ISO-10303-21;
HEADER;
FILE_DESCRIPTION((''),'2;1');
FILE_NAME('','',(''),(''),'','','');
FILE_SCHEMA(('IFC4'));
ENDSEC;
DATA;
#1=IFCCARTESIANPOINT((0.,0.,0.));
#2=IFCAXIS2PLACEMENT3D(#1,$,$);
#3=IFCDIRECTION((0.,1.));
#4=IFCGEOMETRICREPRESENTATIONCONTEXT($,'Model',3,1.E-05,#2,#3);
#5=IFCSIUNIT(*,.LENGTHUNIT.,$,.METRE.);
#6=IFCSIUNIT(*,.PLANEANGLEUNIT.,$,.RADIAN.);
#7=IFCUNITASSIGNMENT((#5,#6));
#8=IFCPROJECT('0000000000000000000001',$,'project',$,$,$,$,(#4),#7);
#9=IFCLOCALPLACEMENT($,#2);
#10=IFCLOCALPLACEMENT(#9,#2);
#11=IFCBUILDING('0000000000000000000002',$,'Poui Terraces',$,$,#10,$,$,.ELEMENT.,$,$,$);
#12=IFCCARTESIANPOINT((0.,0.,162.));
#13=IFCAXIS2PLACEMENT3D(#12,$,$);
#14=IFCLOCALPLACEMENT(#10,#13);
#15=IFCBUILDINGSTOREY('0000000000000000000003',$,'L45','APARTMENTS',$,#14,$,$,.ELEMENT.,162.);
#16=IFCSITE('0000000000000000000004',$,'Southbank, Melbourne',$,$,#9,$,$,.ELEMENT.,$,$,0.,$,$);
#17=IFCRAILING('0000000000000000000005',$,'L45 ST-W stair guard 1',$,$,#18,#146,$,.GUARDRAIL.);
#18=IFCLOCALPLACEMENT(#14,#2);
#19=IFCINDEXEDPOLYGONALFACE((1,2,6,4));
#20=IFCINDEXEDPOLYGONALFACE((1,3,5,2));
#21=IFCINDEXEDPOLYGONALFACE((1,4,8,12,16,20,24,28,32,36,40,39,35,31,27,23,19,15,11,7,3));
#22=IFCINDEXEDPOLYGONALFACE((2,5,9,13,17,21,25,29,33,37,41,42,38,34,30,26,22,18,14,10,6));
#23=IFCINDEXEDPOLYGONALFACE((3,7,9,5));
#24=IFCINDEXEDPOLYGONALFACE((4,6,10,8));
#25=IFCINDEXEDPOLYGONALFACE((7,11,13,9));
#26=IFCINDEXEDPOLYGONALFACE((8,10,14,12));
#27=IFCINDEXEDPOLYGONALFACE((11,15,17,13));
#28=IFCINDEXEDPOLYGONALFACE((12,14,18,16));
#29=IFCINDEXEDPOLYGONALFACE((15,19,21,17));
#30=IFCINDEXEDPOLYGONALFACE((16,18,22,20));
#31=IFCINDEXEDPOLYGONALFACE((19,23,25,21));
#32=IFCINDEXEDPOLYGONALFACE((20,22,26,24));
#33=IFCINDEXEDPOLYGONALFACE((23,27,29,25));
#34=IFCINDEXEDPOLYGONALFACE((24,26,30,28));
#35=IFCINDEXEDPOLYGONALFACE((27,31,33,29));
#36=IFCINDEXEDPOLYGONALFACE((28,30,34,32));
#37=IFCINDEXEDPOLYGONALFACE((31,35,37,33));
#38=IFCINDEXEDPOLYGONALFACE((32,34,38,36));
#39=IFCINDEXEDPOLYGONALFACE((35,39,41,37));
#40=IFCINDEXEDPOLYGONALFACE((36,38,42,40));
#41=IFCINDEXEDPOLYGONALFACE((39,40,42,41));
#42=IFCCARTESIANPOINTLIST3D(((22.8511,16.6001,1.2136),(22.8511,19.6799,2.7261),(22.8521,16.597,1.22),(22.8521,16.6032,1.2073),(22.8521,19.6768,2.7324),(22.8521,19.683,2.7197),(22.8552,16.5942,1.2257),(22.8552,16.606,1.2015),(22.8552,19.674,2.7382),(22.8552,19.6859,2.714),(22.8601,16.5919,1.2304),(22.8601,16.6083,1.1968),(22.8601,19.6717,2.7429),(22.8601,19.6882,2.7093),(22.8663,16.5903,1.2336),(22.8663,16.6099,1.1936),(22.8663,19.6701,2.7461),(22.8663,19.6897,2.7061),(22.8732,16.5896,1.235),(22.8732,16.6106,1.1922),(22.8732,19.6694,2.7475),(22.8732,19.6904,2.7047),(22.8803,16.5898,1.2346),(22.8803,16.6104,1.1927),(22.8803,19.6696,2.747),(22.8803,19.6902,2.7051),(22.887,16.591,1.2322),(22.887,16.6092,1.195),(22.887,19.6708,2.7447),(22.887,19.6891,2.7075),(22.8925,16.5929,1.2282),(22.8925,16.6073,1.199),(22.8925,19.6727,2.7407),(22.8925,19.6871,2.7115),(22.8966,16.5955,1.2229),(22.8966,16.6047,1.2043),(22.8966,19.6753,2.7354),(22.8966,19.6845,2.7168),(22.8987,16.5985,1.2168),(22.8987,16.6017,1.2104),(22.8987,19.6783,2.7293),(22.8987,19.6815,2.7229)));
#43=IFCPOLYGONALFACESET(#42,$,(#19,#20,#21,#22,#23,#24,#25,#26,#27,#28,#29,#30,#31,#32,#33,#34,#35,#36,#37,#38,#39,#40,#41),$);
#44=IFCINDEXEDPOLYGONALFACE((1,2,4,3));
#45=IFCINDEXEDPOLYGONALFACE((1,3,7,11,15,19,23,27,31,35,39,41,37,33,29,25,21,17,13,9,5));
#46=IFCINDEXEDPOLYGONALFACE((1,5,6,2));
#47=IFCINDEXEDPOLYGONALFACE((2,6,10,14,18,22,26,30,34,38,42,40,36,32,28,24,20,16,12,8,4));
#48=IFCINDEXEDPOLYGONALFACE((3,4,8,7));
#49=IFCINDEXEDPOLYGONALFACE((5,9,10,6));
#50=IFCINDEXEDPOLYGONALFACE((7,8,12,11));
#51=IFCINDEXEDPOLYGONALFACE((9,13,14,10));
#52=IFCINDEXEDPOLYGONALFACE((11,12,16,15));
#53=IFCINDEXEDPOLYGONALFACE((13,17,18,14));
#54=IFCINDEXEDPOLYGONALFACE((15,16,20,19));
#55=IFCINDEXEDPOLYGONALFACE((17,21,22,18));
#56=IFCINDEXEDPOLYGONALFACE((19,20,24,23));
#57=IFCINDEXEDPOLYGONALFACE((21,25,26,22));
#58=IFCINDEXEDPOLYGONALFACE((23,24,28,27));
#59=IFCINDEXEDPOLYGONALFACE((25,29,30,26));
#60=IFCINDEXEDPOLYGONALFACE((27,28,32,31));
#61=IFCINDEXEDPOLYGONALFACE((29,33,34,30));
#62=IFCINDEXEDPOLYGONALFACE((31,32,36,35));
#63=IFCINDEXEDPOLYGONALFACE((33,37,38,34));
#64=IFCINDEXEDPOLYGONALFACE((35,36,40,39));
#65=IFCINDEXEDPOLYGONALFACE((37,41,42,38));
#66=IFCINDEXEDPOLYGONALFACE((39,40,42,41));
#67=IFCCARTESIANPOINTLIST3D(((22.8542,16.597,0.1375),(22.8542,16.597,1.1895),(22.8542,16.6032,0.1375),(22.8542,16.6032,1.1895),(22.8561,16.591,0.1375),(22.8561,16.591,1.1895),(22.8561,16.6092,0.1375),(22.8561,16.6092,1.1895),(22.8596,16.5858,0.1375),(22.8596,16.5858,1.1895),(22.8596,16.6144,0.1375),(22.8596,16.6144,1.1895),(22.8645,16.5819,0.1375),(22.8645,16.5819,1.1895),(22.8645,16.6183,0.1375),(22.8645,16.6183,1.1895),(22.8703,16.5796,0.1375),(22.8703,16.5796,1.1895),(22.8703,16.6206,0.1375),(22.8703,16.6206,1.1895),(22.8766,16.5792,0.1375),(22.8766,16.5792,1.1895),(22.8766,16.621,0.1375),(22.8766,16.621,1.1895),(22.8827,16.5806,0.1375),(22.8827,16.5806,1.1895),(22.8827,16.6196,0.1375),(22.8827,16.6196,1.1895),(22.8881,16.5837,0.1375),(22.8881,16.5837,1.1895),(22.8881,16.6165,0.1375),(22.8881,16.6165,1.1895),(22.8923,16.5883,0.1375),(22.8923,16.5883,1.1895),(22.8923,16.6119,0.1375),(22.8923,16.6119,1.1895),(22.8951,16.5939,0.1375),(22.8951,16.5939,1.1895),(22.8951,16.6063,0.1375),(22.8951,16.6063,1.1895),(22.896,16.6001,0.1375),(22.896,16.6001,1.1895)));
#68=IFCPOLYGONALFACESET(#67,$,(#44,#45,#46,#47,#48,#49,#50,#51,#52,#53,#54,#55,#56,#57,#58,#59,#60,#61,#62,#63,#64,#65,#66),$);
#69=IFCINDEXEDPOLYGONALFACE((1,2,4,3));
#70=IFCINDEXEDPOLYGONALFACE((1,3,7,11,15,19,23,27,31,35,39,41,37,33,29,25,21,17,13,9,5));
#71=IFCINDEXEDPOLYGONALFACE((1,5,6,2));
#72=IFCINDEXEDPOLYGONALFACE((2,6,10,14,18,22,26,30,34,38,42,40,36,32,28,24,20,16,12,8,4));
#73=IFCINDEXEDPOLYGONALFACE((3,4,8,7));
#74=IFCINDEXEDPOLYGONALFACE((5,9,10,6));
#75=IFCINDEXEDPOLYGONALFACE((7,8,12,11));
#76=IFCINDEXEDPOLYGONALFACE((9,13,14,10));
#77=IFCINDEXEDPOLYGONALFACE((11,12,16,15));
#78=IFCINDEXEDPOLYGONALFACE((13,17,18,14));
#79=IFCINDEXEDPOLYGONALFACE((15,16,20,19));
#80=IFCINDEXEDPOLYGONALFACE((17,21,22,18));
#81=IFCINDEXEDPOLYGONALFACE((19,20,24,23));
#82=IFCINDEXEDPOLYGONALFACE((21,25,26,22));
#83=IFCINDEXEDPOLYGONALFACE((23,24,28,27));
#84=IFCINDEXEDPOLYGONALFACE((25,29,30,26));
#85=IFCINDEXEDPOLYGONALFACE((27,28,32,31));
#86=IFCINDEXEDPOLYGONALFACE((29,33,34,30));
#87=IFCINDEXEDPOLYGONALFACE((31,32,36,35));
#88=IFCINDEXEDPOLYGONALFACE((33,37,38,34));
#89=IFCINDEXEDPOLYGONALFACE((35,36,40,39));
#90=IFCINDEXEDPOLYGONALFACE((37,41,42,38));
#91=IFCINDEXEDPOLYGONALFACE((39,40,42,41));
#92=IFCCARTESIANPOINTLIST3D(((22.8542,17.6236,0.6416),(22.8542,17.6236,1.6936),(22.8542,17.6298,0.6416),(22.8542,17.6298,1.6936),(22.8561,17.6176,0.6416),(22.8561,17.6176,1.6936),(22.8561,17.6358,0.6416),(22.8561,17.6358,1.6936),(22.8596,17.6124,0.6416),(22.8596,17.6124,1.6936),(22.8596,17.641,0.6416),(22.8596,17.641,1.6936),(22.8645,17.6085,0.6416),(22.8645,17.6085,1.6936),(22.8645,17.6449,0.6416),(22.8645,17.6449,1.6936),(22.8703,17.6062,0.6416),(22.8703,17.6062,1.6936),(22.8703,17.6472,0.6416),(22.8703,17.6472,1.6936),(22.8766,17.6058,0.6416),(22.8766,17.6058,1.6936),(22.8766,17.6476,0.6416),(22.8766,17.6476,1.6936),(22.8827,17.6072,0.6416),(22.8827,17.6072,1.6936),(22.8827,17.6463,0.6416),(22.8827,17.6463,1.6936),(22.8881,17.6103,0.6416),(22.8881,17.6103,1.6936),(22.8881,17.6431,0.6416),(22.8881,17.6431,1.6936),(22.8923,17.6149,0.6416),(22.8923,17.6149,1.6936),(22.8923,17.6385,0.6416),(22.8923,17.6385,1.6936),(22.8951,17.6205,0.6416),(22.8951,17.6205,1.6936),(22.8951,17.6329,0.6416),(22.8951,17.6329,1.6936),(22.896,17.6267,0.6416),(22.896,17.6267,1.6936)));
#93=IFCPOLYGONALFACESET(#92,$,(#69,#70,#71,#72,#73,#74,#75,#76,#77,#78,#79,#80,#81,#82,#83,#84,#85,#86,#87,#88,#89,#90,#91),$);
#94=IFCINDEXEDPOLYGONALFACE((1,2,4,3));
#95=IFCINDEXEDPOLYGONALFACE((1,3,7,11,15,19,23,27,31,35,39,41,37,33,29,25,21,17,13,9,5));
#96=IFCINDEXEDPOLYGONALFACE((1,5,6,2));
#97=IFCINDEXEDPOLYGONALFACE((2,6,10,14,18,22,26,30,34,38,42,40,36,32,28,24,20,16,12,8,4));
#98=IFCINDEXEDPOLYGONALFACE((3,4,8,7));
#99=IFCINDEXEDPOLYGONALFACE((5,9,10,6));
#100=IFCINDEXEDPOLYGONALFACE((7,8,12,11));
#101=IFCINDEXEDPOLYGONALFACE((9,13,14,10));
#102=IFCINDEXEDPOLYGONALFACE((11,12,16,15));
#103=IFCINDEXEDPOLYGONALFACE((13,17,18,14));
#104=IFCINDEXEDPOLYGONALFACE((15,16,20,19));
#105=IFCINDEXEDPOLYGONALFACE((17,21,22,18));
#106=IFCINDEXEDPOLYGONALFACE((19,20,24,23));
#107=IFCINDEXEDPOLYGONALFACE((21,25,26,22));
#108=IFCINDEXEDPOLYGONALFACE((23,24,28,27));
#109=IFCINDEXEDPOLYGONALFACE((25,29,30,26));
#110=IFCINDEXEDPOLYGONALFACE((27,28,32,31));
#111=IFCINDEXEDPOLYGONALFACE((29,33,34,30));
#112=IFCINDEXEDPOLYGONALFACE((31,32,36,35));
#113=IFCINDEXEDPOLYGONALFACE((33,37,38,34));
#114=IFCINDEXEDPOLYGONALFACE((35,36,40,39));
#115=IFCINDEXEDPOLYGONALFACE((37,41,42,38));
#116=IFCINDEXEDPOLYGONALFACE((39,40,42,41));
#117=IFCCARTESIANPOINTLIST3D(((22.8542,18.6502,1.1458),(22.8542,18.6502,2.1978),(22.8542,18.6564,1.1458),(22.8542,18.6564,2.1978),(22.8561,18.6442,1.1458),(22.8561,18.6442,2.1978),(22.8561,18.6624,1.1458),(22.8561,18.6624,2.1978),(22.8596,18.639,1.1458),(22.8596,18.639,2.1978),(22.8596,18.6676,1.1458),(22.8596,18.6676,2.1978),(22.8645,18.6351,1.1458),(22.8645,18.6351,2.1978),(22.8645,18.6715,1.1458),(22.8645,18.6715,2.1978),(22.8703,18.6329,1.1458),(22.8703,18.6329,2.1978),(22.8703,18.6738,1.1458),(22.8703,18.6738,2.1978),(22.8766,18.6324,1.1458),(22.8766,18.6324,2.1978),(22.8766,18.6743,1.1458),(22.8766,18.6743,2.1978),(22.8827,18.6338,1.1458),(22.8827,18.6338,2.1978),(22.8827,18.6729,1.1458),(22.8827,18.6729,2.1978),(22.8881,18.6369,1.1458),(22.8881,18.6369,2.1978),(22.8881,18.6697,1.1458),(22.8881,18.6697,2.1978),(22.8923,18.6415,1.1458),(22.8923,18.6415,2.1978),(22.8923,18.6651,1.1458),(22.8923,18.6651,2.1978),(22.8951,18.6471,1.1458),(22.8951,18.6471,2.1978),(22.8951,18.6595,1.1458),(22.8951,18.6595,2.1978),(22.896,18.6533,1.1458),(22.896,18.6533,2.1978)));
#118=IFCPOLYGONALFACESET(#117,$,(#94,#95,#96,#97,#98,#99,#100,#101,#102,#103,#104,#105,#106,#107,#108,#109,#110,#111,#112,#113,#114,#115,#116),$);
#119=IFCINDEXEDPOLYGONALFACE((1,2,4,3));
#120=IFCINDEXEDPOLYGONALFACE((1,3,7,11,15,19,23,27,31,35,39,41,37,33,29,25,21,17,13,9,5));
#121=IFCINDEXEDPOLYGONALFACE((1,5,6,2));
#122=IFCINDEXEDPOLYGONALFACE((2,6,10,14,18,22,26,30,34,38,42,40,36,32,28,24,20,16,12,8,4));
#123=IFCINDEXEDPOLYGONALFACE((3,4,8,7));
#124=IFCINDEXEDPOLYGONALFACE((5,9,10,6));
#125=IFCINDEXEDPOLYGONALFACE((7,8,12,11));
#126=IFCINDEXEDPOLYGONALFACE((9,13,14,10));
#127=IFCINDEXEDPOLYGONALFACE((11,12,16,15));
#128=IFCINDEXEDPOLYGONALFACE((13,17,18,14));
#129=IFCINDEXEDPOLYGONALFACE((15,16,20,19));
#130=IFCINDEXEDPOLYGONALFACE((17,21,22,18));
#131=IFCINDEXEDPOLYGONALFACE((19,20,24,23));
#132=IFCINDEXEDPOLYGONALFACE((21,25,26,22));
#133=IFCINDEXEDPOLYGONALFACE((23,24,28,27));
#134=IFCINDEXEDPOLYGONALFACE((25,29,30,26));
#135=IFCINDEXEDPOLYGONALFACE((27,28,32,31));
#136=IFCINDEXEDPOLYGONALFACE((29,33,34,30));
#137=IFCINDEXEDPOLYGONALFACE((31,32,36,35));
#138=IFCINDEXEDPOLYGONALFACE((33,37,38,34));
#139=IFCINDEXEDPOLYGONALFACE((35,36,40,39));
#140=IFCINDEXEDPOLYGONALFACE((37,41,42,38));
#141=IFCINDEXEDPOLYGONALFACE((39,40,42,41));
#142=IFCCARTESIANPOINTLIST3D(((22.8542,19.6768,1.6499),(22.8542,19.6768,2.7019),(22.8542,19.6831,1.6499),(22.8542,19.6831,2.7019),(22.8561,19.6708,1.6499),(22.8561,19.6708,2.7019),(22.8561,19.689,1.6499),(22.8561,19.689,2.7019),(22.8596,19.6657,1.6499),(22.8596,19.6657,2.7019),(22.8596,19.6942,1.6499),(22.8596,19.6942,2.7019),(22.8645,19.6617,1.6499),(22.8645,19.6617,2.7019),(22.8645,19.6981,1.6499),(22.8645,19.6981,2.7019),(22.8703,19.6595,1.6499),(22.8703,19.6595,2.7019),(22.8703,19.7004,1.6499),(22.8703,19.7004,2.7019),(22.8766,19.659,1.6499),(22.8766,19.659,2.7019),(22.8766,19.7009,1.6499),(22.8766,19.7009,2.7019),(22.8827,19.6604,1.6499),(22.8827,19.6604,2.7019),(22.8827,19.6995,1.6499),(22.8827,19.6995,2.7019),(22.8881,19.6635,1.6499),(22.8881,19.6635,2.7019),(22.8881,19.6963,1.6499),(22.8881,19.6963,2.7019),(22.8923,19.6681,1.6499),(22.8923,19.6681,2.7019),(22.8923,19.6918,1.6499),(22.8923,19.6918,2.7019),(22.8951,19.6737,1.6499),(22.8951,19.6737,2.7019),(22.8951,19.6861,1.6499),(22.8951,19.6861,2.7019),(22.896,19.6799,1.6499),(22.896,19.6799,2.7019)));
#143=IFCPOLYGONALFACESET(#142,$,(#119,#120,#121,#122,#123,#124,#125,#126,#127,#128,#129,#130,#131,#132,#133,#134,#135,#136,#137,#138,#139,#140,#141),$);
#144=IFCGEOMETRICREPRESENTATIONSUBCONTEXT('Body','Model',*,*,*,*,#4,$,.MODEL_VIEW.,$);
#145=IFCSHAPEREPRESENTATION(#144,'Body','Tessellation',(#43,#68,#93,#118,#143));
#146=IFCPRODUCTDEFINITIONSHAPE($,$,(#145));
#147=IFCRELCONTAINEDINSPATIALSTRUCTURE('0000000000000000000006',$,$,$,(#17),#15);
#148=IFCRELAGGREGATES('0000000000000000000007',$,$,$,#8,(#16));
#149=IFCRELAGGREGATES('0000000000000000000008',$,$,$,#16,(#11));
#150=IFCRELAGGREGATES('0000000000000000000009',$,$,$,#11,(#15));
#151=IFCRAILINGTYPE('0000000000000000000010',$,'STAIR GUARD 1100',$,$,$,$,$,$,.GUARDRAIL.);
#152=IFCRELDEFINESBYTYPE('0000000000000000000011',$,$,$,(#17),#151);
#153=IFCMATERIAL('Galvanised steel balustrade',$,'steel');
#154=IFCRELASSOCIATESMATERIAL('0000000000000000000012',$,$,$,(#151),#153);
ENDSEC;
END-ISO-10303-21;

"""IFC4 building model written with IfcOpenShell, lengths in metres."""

from ifc_helpers import new_model, si_unit, direction, frame, origin, origin_2d, place, context, subcontext, project, spatial, circle, extrude, material, type_object, element, save


model = new_model("IFC4")

# Units and contexts
model_context = context("Model", 3, precision=1e-05, world=origin(), true_north=direction((0.0, 1.0)))
body_context = subcontext(model_context, "Body", "Model", "MODEL_VIEW")
ifc_project = project(units=[si_unit("LENGTHUNIT", "METRE"), si_unit("PLANEANGLEUNIT", "RADIAN")], contexts=[model_context])

# Site, building, storey
site_placement = place(None, origin())
site = spatial("IfcSite", under=ifc_project, at=site_placement, Name="Southbank, Melbourne", CompositionType="ELEMENT", RefElevation=0.0)
building_placement = place(site_placement, origin())
building = spatial("IfcBuilding", under=site, at=building_placement, Name="Poui Terraces", CompositionType="ELEMENT")
storey_placement = place(building_placement, frame((0.0, 0.0, 162.0)))
storey = spatial("IfcBuildingStorey", under=building, at=storey_placement, Name="L45", Description="APARTMENTS", CompositionType="ELEMENT", Elevation=162.0)

# Railing
ifc_material_1 = material(Name="Galvanised steel balustrade", Category="steel")
railing_type_1 = type_object("IfcRailingType", Name="STAIR GUARD 1100", PredefinedType="GUARDRAIL", material=ifc_material_1)
railing_1_placement = place(storey_placement, frame((22.875, 16.6001, 0.1375)))
element("IfcRailing", 1, at=railing_1_placement, inside=storey, type_object=railing_type_1, Name="L45 ST-W stair guard 1", PredefinedType="GUARDRAIL", context=body_context, shape_type="SweptSolid", body=[
    extrude(circle(Radius=0.0239, at=origin_2d()), frame((0.0, 0.0, 1.0762), z_axis=(0.0, 0.897606, 0.440798), x_axis=(-1.0, 0.0, 0.0)), (0.0, 0.0, 1.0), 3.4312),
    extrude(circle(Radius=0.021, at=origin_2d()), origin(), (0.0, 0.0, 1.0), 1.052),
    extrude(circle(Radius=0.021, at=origin_2d()), frame((0.0, 1.0266, 0.5042)), (0.0, 0.0, 1.0), 1.052),
    extrude(circle(Radius=0.021, at=origin_2d()), frame((0.0, 2.0532, 1.0083)), (0.0, 0.0, 1.0), 1.052),
    extrude(circle(Radius=0.021, at=origin_2d()), frame((0.0, 3.0798, 1.5125)), (0.0, 0.0, 1.0), 1.052),
])

save(model, "model.ifc")
